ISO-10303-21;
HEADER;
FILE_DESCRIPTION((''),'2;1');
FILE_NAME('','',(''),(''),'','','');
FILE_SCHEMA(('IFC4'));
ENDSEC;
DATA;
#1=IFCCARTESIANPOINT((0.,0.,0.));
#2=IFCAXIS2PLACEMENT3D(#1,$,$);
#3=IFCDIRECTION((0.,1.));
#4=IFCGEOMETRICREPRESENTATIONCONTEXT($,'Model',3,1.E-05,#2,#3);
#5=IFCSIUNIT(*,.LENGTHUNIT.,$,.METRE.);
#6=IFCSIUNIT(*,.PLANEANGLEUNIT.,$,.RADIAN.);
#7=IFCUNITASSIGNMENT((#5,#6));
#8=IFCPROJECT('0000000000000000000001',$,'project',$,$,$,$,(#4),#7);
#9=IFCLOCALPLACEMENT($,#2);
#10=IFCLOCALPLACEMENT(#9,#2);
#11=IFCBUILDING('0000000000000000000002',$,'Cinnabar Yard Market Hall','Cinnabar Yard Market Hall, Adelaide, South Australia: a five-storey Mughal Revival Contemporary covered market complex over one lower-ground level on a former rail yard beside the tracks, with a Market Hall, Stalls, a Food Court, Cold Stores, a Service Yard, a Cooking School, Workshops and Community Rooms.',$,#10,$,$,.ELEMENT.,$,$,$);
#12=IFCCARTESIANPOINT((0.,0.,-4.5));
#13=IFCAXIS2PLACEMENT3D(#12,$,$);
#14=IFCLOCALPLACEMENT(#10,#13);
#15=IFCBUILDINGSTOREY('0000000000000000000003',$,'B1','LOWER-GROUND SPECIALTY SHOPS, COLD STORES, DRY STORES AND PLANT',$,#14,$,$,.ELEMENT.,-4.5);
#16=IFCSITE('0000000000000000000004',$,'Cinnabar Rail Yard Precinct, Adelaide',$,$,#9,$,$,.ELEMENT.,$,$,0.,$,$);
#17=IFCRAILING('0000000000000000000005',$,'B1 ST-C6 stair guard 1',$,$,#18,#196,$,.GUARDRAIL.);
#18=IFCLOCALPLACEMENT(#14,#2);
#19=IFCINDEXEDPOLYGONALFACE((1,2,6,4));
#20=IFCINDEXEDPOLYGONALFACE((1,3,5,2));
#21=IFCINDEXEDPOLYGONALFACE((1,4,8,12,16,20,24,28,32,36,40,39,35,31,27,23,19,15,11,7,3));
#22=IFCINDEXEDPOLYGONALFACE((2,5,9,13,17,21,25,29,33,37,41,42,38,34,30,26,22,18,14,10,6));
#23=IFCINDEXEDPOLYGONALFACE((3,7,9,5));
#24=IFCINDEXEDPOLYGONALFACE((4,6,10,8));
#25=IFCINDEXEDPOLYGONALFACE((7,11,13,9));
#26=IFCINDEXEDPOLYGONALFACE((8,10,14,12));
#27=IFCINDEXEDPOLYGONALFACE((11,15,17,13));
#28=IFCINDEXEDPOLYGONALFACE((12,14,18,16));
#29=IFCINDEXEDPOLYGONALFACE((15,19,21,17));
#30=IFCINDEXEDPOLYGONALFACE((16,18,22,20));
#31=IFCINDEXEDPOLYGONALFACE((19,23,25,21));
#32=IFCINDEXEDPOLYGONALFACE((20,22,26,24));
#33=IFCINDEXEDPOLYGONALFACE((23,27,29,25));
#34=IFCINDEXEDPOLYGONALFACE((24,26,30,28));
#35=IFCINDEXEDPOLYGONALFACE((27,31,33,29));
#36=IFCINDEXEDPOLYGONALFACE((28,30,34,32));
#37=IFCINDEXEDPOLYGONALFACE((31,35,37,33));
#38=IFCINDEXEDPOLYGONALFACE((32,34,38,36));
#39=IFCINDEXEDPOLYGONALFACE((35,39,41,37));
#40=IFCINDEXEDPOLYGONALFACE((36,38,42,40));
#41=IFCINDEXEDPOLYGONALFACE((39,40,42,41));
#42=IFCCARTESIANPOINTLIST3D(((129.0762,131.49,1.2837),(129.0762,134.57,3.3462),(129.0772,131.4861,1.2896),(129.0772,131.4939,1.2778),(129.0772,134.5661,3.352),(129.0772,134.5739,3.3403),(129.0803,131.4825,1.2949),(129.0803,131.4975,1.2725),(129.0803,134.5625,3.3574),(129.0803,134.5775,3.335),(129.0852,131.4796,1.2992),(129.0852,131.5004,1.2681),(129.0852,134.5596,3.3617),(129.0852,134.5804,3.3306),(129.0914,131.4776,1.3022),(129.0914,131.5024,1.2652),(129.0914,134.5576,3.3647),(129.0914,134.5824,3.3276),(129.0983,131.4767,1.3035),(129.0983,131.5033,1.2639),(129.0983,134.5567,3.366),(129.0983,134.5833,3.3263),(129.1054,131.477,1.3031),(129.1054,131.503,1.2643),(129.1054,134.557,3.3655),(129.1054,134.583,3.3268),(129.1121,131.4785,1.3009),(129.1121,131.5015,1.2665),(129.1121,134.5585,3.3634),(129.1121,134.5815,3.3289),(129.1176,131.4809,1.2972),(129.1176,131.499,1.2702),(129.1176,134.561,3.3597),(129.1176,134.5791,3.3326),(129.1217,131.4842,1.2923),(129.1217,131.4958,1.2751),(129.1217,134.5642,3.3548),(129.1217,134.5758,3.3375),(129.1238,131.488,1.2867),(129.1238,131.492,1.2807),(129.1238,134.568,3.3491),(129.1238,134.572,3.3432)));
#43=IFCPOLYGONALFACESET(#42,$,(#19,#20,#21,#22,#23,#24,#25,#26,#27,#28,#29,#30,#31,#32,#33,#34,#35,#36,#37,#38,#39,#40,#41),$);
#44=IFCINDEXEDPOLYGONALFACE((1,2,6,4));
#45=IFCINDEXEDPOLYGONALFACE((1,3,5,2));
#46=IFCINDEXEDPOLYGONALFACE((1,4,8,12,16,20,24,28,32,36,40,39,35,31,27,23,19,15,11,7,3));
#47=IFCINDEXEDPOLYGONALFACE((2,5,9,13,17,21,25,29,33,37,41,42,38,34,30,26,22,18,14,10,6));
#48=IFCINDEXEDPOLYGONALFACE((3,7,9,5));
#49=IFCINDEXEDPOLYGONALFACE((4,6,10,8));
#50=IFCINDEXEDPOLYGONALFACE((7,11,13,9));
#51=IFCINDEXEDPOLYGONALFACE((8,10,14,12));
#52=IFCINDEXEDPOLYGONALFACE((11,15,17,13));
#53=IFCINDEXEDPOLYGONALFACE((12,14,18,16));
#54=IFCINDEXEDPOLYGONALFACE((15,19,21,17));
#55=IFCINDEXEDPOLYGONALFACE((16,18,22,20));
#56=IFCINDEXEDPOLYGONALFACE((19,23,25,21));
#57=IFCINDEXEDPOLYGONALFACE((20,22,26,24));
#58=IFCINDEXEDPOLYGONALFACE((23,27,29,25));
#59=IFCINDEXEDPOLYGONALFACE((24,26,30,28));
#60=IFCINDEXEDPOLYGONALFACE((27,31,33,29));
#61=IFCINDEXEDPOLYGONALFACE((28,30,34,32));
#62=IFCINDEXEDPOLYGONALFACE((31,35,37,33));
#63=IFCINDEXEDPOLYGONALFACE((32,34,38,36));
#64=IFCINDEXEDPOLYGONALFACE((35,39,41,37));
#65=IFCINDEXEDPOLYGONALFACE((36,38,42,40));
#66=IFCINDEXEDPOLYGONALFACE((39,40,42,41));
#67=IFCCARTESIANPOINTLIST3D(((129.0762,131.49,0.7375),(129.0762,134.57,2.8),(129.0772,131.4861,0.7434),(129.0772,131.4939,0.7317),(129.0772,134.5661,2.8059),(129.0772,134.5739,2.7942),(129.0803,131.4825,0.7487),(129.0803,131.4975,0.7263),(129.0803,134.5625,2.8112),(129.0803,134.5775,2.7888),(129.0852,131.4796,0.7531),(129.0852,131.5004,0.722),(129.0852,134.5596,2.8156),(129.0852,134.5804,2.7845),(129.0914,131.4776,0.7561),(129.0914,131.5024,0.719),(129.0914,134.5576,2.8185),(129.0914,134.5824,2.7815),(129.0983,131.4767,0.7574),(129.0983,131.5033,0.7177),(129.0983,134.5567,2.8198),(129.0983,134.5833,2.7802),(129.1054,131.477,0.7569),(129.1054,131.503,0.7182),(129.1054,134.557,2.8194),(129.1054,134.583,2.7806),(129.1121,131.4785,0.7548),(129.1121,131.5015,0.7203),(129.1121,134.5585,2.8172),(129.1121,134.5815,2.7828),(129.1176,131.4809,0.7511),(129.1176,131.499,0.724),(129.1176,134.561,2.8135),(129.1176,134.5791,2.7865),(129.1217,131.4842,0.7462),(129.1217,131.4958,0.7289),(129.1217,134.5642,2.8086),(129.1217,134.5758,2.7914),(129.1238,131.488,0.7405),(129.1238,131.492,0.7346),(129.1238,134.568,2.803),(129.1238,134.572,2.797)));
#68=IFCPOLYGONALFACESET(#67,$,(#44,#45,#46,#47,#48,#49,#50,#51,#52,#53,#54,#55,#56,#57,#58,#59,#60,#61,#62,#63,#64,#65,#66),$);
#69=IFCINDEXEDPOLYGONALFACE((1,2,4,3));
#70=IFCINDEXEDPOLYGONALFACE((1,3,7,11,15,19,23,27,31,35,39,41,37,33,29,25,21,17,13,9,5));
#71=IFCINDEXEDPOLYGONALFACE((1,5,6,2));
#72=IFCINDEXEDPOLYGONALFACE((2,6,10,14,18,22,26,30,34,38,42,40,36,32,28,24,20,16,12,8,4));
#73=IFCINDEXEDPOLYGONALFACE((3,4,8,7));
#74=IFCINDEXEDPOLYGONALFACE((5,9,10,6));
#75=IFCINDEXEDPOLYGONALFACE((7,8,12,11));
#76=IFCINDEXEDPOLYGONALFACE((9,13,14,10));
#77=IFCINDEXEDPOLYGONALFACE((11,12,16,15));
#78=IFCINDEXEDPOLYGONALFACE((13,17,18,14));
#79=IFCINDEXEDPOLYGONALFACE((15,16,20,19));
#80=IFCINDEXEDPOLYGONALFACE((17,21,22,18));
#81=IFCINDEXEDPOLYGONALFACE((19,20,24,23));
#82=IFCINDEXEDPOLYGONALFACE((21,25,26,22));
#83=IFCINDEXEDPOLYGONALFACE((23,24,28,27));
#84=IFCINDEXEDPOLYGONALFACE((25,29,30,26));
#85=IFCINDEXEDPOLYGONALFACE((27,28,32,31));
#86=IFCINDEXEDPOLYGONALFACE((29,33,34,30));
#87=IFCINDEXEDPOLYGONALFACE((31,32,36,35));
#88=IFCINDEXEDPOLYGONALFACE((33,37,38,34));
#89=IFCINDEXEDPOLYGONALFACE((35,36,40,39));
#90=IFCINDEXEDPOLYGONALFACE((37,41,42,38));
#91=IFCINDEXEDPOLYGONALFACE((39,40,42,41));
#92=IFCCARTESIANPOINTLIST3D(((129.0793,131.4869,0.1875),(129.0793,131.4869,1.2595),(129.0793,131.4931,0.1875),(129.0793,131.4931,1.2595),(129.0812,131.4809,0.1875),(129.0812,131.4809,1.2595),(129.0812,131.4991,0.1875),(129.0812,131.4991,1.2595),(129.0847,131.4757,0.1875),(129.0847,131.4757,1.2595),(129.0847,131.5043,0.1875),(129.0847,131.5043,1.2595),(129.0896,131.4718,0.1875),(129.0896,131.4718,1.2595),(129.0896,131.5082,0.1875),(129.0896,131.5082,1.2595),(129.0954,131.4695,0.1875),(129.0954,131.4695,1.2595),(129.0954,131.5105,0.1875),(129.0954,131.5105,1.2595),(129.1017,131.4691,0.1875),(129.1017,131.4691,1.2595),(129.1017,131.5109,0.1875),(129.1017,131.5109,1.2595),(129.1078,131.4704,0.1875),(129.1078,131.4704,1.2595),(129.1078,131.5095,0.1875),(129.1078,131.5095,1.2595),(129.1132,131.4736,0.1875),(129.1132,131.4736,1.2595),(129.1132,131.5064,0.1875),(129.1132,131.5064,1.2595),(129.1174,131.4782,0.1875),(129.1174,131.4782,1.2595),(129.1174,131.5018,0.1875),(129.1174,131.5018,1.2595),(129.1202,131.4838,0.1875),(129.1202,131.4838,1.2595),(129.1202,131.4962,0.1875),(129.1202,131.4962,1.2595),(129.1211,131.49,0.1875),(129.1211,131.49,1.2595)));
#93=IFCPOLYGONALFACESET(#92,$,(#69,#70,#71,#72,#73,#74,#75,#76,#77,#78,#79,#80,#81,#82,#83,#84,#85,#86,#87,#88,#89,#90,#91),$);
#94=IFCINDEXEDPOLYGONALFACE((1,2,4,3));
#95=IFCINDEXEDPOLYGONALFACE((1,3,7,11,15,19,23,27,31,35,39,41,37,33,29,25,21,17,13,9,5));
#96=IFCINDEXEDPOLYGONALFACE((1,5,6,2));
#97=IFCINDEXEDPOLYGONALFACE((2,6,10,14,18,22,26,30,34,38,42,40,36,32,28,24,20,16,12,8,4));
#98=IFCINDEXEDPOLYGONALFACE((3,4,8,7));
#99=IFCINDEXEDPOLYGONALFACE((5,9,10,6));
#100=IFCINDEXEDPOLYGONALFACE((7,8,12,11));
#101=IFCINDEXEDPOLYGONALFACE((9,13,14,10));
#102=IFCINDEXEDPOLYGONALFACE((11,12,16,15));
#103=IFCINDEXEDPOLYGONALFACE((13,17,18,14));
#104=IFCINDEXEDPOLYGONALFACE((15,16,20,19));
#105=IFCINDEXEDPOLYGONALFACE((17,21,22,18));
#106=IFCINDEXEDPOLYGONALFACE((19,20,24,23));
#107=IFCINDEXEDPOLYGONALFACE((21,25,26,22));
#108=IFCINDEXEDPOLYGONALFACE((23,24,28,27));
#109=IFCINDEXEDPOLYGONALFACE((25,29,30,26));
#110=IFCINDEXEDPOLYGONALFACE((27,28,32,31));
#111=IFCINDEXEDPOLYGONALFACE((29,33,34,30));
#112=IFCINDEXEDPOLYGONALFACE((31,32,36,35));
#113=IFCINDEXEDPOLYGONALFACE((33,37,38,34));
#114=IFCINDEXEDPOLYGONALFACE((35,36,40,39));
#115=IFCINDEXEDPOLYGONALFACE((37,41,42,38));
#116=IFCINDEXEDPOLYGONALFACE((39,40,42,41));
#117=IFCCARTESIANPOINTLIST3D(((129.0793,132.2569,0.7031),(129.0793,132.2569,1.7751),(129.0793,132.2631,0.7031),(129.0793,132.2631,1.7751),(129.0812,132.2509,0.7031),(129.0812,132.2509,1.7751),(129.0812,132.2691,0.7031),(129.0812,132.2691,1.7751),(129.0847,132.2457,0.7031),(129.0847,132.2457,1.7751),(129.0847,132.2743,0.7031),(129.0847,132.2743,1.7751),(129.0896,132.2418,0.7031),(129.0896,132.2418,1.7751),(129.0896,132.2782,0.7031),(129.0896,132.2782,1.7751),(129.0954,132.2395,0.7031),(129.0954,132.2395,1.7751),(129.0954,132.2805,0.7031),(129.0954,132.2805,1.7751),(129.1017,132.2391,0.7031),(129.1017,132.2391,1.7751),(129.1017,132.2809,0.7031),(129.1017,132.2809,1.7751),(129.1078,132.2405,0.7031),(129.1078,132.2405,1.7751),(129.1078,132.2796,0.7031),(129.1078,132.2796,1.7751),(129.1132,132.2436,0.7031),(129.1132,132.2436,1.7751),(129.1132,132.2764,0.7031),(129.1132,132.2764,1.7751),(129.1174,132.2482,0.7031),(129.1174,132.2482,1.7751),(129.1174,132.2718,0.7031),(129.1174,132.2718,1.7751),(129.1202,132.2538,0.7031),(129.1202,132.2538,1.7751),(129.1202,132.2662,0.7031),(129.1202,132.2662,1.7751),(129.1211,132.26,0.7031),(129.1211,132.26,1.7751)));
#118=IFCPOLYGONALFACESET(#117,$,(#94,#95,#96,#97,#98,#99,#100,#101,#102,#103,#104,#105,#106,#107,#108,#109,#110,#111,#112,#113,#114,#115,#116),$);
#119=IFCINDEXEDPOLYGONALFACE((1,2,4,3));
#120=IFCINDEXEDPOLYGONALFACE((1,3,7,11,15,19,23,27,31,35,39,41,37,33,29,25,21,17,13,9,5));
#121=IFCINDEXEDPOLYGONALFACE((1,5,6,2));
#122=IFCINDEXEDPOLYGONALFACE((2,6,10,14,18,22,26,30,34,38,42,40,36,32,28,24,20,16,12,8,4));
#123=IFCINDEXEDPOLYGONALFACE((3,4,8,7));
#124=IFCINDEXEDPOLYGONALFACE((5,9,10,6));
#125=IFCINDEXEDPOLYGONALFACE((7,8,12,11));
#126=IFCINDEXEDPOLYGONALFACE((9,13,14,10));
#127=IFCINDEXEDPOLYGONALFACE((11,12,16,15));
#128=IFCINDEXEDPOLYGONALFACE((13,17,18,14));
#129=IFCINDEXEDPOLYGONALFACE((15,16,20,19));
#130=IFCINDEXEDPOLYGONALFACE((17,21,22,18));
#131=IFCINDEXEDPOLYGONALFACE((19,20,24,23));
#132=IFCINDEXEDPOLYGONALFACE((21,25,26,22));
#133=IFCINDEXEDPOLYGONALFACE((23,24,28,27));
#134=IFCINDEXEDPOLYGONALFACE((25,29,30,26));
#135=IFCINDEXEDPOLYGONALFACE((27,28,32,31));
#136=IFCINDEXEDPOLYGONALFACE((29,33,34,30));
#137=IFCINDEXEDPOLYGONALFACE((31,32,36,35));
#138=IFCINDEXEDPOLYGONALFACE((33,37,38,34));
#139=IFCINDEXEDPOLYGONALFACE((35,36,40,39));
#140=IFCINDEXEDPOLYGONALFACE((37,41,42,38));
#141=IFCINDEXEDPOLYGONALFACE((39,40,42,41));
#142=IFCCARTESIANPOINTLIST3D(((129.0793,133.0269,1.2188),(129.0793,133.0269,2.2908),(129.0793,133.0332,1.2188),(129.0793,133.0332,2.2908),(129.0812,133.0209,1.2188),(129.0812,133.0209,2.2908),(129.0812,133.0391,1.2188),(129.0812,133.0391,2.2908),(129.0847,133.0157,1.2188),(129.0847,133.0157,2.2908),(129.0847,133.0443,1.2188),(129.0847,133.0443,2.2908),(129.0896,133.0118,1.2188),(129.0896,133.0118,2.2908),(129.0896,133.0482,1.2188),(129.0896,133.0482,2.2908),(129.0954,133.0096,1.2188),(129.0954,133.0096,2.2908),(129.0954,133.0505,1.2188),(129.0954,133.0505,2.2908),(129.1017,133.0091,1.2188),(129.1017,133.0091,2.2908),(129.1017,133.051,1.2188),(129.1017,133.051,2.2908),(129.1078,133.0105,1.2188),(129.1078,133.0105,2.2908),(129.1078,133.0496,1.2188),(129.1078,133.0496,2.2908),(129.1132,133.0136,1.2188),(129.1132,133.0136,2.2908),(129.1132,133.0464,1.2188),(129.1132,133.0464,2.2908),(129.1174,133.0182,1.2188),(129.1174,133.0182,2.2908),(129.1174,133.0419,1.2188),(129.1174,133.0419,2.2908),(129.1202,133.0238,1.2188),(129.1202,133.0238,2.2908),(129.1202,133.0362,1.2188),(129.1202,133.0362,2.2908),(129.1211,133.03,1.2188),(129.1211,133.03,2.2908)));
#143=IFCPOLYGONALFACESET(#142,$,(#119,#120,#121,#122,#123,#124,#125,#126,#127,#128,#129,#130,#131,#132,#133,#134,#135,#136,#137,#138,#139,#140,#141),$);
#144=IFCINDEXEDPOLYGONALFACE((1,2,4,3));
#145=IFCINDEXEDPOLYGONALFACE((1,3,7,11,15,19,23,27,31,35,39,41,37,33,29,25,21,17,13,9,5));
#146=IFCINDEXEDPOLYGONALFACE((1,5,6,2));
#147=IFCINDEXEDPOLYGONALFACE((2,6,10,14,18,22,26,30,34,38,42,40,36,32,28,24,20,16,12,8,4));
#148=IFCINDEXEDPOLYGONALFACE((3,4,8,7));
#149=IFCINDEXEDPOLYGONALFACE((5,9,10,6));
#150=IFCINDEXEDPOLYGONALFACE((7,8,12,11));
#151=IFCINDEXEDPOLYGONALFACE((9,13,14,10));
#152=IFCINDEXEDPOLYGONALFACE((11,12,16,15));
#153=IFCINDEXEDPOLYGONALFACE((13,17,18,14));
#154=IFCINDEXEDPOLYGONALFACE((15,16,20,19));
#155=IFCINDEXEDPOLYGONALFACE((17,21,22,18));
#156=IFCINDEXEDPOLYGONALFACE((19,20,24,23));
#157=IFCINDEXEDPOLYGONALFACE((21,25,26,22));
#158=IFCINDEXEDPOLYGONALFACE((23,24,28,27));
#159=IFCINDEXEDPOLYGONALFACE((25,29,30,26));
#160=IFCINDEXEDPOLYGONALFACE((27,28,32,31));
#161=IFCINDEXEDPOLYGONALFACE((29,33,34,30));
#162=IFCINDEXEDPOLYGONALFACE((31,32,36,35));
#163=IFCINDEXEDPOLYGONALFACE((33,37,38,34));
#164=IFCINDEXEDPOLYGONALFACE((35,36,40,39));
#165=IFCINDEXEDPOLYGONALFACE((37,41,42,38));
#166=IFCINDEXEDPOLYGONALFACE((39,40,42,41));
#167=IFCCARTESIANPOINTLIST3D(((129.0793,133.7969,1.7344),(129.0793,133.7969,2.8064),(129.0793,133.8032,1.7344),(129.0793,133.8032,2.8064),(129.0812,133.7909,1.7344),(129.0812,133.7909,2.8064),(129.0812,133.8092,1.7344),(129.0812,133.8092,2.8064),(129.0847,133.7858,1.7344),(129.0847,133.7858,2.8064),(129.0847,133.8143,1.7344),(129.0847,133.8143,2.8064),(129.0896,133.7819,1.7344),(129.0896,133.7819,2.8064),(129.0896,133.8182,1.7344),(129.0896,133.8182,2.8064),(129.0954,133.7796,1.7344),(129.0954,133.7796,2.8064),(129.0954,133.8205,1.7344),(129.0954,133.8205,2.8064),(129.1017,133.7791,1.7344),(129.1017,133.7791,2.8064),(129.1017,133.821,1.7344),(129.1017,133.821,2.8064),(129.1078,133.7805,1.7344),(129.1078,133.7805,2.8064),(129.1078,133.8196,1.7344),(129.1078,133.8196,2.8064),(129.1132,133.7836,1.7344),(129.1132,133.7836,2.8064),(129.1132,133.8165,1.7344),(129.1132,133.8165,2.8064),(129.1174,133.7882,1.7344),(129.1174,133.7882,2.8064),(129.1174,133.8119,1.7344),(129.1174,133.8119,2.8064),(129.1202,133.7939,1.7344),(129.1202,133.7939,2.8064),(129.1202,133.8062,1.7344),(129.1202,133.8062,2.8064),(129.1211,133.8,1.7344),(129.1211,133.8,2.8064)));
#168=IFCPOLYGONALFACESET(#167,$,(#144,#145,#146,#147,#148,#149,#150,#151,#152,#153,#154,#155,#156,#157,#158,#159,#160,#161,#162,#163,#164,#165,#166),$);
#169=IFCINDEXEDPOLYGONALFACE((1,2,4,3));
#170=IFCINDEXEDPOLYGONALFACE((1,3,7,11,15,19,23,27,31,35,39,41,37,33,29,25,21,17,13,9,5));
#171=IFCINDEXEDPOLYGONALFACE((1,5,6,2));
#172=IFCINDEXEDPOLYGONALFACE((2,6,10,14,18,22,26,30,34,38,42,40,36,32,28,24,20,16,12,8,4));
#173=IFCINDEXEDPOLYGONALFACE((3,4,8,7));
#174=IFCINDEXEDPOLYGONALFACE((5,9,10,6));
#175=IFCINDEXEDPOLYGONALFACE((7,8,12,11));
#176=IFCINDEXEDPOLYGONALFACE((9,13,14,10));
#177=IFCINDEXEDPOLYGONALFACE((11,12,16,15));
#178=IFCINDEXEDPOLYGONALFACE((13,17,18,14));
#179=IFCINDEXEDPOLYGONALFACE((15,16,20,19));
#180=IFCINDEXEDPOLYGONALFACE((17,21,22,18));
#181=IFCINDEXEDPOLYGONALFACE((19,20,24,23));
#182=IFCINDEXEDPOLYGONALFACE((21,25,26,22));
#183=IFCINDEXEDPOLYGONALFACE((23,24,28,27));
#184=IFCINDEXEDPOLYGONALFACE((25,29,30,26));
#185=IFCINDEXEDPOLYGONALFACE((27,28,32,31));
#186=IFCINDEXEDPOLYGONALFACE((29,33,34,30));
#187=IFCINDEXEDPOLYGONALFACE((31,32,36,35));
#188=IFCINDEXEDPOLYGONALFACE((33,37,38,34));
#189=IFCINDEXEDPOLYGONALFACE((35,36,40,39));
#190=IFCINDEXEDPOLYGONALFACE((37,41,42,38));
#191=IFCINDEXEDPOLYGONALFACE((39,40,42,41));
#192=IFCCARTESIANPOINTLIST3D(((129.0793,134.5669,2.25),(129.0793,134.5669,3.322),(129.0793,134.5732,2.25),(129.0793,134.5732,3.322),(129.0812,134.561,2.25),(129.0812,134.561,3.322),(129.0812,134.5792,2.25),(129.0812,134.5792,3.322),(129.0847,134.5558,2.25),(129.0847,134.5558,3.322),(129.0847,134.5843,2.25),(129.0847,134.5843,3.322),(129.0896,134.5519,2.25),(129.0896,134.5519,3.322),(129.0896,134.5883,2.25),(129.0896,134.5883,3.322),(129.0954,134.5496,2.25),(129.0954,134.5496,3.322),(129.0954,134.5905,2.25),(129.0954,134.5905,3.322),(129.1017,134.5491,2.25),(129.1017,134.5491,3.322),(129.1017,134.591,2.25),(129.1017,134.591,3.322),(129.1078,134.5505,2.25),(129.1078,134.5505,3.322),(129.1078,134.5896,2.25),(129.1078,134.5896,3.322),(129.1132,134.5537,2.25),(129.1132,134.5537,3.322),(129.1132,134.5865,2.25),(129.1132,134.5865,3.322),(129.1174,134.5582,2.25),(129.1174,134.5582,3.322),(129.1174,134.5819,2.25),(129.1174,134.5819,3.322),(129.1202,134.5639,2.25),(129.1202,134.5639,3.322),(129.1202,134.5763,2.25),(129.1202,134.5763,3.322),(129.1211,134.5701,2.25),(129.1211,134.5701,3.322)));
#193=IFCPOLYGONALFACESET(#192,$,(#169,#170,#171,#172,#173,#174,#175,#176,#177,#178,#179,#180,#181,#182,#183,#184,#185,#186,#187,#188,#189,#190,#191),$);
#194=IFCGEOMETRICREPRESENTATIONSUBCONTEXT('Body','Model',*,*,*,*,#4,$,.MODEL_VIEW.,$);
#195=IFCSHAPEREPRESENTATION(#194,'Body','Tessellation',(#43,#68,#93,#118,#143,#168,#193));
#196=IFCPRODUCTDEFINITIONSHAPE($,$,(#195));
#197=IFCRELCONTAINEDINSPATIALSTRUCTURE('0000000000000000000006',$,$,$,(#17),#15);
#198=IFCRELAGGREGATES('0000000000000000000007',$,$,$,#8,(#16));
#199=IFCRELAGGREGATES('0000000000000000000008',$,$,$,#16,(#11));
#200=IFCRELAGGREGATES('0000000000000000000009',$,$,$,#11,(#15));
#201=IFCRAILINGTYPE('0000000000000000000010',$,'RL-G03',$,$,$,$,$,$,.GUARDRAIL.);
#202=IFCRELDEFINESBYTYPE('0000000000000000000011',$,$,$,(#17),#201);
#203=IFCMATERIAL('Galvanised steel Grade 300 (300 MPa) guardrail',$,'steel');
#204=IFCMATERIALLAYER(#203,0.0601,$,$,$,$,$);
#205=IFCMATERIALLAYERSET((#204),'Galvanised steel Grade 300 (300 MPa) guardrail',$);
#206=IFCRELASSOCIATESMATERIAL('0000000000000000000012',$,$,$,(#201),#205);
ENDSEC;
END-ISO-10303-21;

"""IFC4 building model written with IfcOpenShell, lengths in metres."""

from ifc_helpers import new_model, si_unit, direction, frame, origin, origin_2d_with_axis, place, context, subcontext, project, spatial, circle, extrude, material, layer, layer_set, type_object, element, save


model = new_model("IFC4")

# Units and contexts
model_context = context("Model", 3, precision=1e-05, world=origin(), true_north=direction((0.0, 1.0)))
body_context = subcontext(model_context, "Body", "Model", "MODEL_VIEW")
ifc_project = project(units=[si_unit("LENGTHUNIT", "METRE"), si_unit("PLANEANGLEUNIT", "RADIAN")], contexts=[model_context])

# Site, building, storey
site_placement = place(None, origin())
site = spatial("IfcSite", under=ifc_project, at=site_placement, Name="Cinnabar Rail Yard Precinct, Adelaide", CompositionType="ELEMENT", RefElevation=0.0)
building_placement = place(site_placement, origin())
building = spatial("IfcBuilding", under=site, at=building_placement, Name="Cinnabar Yard Market Hall", Description="Cinnabar Yard Market Hall, Adelaide, South Australia: a five-storey Mughal Revival Contemporary covered market complex over one lower-ground level on a former rail yard beside the tracks, with a Market Hall, Stalls, a Food Court, Cold Stores, a Service Yard, a Cooking School, Workshops and Community Rooms.", CompositionType="ELEMENT")
storey_placement = place(building_placement, frame((0.0, 0.0, -4.5)))
storey = spatial("IfcBuildingStorey", under=building, at=storey_placement, Name="B1", Description="LOWER-GROUND SPECIALTY SHOPS, COLD STORES, DRY STORES AND PLANT", CompositionType="ELEMENT", Elevation=-4.5)

# Railing
ifc_material_1 = material(Name="Galvanised steel Grade 300 (300 MPa) guardrail", Category="steel")
ifc_layer_1 = layer(ifc_material_1, 0.0601)
ifc_layer_set_1 = layer_set([ifc_layer_1], Name="Galvanised steel Grade 300 (300 MPa) guardrail")
railing_type_1 = type_object("IfcRailingType", Name="RL-G03", PredefinedType="GUARDRAIL", material=ifc_layer_set_1)
railing_1_placement = place(storey_placement, frame((129.1001, 131.49, 0.1875)))
element("IfcRailing", 1, at=railing_1_placement, inside=storey, type_object=railing_type_1, Name="B1 ST-C6 stair guard 1", PredefinedType="GUARDRAIL", context=body_context, shape_type="SweptSolid", body=[
    extrude(circle(Radius=0.0239, at=origin_2d_with_axis()), frame((0.0, 0.0, 1.0962), z_axis=(0.0, 0.830914, 0.556401), x_axis=(-1.0, 0.0, 0.0)), (0.0, 0.0, 1.0), 3.7068),
    extrude(circle(Radius=0.0239, at=origin_2d_with_axis()), frame((0.0, 0.0, 0.55), z_axis=(0.0, 0.830914, 0.556401), x_axis=(-1.0, 0.0, 0.0)), (0.0, 0.0, 1.0), 3.7068),
    extrude(circle(Radius=0.021, at=origin_2d_with_axis()), origin(), (0.0, 0.0, 1.0), 1.072),
    extrude(circle(Radius=0.021, at=origin_2d_with_axis()), frame((0.0, 0.77, 0.5156)), (0.0, 0.0, 1.0), 1.072),
    extrude(circle(Radius=0.021, at=origin_2d_with_axis()), frame((0.0, 1.54, 1.0312)), (0.0, 0.0, 1.0), 1.072),
    extrude(circle(Radius=0.021, at=origin_2d_with_axis()), frame((0.0, 2.3101, 1.5469)), (0.0, 0.0, 1.0), 1.072),
    extrude(circle(Radius=0.021, at=origin_2d_with_axis()), frame((0.0, 3.0801, 2.0625)), (0.0, 0.0, 1.0), 1.072),
])

save(model, "model.ifc")
